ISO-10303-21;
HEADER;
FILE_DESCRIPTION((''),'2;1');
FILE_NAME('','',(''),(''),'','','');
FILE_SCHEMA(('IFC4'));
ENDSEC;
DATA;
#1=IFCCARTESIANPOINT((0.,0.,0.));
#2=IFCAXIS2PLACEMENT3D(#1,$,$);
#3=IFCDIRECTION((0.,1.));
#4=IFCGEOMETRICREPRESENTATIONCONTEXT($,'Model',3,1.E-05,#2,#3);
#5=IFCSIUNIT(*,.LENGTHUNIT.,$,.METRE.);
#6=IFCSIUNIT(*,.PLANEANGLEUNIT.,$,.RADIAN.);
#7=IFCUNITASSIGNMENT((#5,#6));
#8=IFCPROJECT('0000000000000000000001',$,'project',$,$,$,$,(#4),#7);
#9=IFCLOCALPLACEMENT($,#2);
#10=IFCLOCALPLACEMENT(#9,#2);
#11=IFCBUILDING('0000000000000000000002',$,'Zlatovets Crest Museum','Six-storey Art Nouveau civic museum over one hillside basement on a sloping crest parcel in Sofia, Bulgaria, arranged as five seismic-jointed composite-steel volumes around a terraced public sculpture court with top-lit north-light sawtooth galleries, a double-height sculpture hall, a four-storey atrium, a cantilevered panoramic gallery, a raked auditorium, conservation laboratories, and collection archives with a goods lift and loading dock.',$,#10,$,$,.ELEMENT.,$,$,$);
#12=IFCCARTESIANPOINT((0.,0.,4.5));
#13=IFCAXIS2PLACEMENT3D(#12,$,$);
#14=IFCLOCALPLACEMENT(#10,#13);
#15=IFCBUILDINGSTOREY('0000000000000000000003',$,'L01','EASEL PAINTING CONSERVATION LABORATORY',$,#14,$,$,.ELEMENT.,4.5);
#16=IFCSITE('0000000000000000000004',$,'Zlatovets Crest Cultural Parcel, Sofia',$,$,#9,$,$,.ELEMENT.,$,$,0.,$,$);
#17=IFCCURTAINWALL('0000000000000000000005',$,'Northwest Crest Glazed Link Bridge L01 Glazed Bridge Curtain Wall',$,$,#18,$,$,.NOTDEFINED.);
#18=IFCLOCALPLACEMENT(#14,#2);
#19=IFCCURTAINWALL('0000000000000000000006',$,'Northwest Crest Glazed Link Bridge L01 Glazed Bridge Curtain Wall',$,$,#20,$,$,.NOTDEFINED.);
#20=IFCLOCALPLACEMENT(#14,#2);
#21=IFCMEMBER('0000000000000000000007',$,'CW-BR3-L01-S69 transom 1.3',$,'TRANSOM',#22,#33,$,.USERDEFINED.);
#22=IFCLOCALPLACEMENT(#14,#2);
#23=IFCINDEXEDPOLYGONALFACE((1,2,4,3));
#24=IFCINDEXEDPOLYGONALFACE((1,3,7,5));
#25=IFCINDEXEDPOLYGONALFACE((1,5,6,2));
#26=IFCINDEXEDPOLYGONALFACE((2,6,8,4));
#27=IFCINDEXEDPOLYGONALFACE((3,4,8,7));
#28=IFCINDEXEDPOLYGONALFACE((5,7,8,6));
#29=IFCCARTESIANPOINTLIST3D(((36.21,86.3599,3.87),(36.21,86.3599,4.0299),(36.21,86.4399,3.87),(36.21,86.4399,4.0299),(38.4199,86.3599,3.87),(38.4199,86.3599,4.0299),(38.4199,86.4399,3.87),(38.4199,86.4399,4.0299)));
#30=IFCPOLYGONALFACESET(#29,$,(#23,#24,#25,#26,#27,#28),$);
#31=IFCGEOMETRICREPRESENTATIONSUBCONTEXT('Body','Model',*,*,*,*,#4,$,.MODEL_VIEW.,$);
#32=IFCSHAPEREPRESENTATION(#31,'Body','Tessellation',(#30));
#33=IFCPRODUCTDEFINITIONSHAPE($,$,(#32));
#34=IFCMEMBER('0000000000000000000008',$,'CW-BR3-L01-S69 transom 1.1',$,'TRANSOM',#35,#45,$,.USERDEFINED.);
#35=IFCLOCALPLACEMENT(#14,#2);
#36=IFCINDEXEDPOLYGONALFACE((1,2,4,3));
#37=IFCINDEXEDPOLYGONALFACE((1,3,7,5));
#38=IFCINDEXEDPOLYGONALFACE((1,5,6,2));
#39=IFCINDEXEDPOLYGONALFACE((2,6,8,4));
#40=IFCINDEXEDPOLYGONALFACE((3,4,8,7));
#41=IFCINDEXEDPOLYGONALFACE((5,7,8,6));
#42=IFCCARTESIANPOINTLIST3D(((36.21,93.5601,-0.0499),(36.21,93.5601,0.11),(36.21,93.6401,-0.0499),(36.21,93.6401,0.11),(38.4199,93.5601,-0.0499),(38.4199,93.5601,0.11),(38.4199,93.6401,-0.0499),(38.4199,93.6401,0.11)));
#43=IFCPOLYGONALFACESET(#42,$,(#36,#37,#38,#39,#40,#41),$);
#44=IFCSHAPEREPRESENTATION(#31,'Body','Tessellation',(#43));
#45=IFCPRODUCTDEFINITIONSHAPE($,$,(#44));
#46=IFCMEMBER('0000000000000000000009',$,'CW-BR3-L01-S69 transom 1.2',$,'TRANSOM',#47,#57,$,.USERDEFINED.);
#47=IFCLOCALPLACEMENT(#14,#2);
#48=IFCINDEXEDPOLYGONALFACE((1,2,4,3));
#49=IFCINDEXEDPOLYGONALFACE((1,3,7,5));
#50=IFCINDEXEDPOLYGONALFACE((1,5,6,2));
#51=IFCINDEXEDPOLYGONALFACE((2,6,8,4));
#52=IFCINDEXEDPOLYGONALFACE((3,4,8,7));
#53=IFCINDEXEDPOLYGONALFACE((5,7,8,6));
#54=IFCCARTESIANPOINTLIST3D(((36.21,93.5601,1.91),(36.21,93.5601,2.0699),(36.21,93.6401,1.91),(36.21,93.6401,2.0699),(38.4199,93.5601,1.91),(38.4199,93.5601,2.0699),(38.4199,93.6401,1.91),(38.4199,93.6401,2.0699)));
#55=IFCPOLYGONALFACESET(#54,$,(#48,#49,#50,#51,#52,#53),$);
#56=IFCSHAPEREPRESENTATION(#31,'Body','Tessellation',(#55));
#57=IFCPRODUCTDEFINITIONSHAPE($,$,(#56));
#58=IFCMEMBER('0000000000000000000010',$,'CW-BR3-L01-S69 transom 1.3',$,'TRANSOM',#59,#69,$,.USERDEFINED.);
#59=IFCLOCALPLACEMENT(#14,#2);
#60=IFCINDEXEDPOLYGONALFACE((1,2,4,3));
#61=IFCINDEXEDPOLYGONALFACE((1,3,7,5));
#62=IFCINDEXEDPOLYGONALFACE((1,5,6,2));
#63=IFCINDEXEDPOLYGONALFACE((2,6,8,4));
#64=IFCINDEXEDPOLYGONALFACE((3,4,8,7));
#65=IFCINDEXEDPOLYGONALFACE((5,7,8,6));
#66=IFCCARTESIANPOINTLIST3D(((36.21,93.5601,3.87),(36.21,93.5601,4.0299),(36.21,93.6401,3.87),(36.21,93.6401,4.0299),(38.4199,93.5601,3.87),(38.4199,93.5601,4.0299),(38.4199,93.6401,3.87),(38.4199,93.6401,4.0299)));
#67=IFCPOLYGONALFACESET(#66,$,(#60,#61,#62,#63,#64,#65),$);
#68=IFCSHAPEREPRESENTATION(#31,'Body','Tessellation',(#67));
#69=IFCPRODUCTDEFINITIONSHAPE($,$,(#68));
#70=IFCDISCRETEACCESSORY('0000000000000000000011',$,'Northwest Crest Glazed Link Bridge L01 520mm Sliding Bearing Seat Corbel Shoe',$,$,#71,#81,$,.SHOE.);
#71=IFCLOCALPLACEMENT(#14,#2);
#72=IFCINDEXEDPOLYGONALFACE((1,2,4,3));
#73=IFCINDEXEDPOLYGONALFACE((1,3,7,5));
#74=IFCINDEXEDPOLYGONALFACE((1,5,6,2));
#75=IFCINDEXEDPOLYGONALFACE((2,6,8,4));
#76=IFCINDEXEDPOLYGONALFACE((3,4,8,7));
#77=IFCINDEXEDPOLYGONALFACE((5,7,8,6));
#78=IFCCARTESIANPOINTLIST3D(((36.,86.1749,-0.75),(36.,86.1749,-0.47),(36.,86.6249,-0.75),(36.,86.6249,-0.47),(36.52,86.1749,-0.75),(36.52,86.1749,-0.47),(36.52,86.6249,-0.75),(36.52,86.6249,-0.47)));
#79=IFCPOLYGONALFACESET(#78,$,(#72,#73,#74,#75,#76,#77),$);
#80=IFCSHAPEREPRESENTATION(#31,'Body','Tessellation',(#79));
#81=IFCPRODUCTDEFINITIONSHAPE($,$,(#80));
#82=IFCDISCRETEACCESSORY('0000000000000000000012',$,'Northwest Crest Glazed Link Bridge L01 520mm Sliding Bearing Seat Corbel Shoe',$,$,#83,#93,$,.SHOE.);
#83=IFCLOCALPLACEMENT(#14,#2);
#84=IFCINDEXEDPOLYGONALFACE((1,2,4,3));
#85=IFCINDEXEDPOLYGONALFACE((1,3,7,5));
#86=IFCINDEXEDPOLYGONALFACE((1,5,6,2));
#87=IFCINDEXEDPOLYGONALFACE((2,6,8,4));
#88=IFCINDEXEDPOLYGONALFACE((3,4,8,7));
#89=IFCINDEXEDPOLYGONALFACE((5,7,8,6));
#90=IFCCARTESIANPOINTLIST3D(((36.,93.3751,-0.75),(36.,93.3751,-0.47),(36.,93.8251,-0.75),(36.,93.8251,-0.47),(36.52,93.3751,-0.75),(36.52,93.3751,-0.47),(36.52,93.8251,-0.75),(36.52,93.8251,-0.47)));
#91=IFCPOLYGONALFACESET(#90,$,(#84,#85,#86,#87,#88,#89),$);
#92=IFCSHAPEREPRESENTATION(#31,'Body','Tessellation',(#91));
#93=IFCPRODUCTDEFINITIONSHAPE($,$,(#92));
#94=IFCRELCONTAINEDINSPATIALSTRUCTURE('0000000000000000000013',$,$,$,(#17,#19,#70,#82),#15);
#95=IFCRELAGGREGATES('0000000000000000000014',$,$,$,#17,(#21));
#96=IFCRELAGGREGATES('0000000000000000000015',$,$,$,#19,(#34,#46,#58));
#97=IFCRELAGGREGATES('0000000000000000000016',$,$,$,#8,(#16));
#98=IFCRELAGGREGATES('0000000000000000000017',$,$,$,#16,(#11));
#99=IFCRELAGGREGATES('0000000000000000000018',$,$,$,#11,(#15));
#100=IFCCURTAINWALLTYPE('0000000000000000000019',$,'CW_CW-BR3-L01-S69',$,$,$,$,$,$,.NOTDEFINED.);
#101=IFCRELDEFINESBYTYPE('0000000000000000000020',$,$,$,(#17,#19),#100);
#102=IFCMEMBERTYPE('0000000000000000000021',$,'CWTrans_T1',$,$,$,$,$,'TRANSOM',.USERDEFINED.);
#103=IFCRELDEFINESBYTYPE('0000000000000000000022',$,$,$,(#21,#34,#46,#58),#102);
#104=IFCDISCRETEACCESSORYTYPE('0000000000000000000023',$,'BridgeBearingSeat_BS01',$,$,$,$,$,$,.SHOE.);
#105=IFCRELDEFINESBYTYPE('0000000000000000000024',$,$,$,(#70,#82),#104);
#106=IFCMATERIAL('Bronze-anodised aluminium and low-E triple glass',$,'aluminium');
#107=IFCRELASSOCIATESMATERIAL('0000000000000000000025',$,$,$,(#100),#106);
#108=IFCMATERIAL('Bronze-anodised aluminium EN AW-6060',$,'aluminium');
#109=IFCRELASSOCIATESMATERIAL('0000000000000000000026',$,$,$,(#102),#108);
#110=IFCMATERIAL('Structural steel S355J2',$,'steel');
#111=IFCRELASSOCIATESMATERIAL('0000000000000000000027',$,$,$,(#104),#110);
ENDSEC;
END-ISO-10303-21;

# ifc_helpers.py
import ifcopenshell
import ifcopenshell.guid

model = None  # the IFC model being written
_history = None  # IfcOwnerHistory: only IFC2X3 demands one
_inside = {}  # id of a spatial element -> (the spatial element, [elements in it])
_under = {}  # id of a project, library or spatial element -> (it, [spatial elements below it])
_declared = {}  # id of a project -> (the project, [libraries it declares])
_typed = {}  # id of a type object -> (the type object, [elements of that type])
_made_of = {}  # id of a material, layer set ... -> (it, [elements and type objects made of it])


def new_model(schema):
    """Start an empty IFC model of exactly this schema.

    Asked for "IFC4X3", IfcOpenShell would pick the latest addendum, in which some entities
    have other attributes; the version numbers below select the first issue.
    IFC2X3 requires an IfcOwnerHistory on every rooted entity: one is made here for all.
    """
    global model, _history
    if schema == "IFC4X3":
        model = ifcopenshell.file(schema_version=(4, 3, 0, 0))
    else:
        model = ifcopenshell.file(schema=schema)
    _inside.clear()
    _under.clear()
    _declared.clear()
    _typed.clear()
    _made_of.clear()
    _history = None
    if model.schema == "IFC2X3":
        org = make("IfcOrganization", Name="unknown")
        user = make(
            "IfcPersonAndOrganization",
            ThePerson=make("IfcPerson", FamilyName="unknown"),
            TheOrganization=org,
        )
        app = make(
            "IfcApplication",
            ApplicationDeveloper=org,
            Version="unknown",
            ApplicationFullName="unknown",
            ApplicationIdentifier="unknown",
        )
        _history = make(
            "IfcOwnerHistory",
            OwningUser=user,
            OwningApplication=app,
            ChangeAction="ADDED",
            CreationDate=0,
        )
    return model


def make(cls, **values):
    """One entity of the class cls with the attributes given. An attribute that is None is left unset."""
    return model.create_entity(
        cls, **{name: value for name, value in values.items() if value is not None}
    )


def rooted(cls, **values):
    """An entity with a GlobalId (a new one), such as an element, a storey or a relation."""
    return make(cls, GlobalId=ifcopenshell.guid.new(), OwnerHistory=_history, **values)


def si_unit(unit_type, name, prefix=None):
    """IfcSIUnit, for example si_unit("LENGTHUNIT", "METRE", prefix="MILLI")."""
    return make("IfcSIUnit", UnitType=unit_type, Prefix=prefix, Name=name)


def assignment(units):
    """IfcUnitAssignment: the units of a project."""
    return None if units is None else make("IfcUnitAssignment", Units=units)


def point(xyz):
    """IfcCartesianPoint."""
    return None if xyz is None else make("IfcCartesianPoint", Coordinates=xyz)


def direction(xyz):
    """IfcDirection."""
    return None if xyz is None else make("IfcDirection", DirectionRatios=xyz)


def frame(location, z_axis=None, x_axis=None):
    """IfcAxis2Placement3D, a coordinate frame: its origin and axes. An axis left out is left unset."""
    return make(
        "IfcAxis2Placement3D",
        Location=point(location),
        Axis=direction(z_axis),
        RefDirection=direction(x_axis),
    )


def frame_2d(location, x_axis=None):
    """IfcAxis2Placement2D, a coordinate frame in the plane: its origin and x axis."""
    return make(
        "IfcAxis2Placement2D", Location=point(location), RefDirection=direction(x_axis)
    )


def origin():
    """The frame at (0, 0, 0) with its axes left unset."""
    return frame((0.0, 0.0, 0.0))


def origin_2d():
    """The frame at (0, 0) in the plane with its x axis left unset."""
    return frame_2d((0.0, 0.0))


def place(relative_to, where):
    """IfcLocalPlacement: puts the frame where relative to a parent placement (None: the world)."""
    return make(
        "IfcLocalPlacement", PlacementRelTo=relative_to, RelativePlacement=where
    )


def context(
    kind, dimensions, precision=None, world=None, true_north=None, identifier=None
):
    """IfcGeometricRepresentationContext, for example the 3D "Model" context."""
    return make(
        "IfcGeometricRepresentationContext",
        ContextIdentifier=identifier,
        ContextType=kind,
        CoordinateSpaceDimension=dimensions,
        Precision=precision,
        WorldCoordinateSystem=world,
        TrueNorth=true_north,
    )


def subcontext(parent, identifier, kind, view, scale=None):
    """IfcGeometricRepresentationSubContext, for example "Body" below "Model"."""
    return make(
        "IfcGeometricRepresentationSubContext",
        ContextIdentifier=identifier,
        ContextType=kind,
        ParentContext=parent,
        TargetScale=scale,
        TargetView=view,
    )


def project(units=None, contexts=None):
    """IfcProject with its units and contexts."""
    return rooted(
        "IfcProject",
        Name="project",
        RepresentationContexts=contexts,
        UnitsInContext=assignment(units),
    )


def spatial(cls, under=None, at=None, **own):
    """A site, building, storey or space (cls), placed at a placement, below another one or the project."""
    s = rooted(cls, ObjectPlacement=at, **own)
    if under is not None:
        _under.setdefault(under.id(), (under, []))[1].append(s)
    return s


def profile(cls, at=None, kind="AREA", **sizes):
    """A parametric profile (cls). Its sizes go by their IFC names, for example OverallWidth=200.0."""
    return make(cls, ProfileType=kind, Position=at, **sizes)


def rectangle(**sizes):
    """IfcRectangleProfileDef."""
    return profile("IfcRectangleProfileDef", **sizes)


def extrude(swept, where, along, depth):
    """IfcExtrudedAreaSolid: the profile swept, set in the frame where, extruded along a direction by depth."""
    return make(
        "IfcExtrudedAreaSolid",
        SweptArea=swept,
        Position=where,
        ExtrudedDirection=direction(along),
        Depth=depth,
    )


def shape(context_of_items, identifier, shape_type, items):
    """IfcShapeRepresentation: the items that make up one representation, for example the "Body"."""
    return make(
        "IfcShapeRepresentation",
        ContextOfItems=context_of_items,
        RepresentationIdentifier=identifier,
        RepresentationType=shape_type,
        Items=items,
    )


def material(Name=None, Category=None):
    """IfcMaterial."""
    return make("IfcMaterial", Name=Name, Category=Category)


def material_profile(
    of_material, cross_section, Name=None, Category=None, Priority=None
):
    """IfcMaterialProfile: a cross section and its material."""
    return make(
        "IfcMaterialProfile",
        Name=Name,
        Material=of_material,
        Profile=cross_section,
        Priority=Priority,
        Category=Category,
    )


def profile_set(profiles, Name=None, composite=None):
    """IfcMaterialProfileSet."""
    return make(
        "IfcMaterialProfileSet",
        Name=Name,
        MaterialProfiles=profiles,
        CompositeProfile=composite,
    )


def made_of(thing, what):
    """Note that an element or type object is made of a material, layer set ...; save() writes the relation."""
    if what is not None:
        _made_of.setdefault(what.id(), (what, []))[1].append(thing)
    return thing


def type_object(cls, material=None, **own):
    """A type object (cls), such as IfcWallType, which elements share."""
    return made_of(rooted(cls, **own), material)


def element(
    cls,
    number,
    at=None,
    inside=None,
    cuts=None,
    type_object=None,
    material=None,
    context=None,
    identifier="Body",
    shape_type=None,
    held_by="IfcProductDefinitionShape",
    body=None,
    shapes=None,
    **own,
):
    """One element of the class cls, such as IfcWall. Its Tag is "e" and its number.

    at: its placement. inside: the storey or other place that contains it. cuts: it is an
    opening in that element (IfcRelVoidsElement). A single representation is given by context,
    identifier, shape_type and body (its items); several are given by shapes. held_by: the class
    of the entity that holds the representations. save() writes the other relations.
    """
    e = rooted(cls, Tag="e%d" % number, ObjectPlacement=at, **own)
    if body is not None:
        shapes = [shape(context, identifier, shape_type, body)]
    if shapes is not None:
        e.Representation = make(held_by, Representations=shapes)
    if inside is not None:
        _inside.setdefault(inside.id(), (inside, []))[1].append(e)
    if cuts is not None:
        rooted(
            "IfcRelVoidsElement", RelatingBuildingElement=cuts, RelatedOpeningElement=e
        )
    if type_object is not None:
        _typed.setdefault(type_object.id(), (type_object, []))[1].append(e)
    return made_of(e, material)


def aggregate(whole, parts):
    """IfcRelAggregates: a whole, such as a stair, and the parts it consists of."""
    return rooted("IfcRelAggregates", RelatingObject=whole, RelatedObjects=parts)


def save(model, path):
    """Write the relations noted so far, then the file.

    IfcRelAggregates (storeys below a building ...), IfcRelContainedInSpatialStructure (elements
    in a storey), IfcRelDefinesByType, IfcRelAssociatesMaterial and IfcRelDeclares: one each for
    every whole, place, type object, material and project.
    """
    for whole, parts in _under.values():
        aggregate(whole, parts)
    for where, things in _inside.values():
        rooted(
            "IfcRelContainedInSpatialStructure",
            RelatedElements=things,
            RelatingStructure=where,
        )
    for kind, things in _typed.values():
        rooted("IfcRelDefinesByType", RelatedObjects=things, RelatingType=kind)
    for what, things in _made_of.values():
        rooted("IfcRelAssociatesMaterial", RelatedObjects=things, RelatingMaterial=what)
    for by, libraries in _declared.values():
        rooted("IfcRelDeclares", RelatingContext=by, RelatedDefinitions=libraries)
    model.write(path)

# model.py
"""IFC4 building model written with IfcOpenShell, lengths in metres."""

from ifc_helpers import new_model, si_unit, direction, frame, origin, origin_2d, place, context, subcontext, project, spatial, rectangle, extrude, material, material_profile, profile_set, type_object, element, aggregate, save


model = new_model("IFC4")

# Units and contexts
model_context = context("Model", 3, precision=1e-05, world=origin(), true_north=direction((0.0, 1.0)))
body_context = subcontext(model_context, "Body", "Model", "MODEL_VIEW")
ifc_project = project(units=[si_unit("LENGTHUNIT", "METRE"), si_unit("PLANEANGLEUNIT", "RADIAN")], contexts=[model_context])

# Site, building, storey
site_placement = place(None, origin())
site = spatial("IfcSite", under=ifc_project, at=site_placement, Name="Zlatovets Crest Cultural Parcel, Sofia", CompositionType="ELEMENT", RefElevation=0.0)
building_placement = place(site_placement, origin())
building = spatial("IfcBuilding", under=site, at=building_placement, Name="Zlatovets Crest Museum", Description="Six-storey Art Nouveau civic museum over one hillside basement on a sloping crest parcel in Sofia, Bulgaria, arranged as five seismic-jointed composite-steel volumes around a terraced public sculpture court with top-lit north-light sawtooth galleries, a double-height sculpture hall, a four-storey atrium, a cantilevered panoramic gallery, a raked auditorium, conservation laboratories, and collection archives with a goods lift and loading dock.", CompositionType="ELEMENT")
storey_placement = place(building_placement, frame((0.0, 0.0, 4.5)))
storey = spatial("IfcBuildingStorey", under=building, at=storey_placement, Name="L01", Description="EASEL PAINTING CONSERVATION LABORATORY", CompositionType="ELEMENT", Elevation=4.5)

# Shared definitions
ifc_material_1 = material(Name="Structural steel S355J2", Category="steel")

# Curtain walls
ifc_material_2 = material(Name="Bronze-anodised aluminium and low-E triple glass", Category="aluminium")
curtain_wall_type = type_object("IfcCurtainWallType", Name="CW_CW-BR3-L01-S69", PredefinedType="NOTDEFINED", material=ifc_material_2)
curtain_wall_1_placement = place(storey_placement, origin())
curtain_wall_1 = element("IfcCurtainWall", 1, at=curtain_wall_1_placement, inside=storey, type_object=curtain_wall_type, Name="Northwest Crest Glazed Link Bridge L01 Glazed Bridge Curtain Wall", PredefinedType="NOTDEFINED")
ifc_material_3 = material(Name="Bronze-anodised aluminium EN AW-6060", Category="aluminium")
curtain_wall_2_placement = place(storey_placement, origin())
curtain_wall_2 = element("IfcCurtainWall", 2, at=curtain_wall_2_placement, inside=storey, type_object=curtain_wall_type, Name="Northwest Crest Glazed Link Bridge L01 Glazed Bridge Curtain Wall", PredefinedType="NOTDEFINED")

# Members
ifc_material_profile_1 = material_profile(ifc_material_3, rectangle(XDim=0.0801, YDim=0.1599, at=origin_2d()), Name="ALU 80x160")
ifc_profile_set_1 = profile_set([ifc_material_profile_1], Name="Bronze-anodised aluminium EN AW-6060")
member_type_1 = type_object("IfcMemberType", Name="CWTrans_T1", ElementType="TRANSOM", PredefinedType="USERDEFINED", material=ifc_profile_set_1)
member_1_placement = place(storey_placement, frame((36.21, 86.3999, 3.95), z_axis=(1.0, 0.0, 0.0), x_axis=(0.0, 1.0, 0.0)))
member_1 = element("IfcMember", 3, at=member_1_placement, type_object=member_type_1, Name="CW-BR3-L01-S69 transom 1.3", ObjectType="TRANSOM", PredefinedType="USERDEFINED", context=body_context, shape_type="SweptSolid", body=[
    extrude(rectangle(XDim=0.0801, YDim=0.1599, at=origin_2d()), origin(), (0.0, 0.0, 1.0), 2.21),
])
aggregate(curtain_wall_1, [member_1])
member_2_placement = place(storey_placement, frame((36.21, 93.6001, 0.03), z_axis=(1.0, 0.0, 0.0), x_axis=(0.0, 1.0, 0.0)))
member_2 = element("IfcMember", 4, at=member_2_placement, type_object=member_type_1, Name="CW-BR3-L01-S69 transom 1.1", ObjectType="TRANSOM", PredefinedType="USERDEFINED", context=body_context, shape_type="SweptSolid", body=[
    extrude(rectangle(XDim=0.0801, YDim=0.1599, at=origin_2d()), origin(), (0.0, 0.0, 1.0), 2.21),
])
member_3_placement = place(storey_placement, frame((36.21, 93.6001, 1.99), z_axis=(1.0, 0.0, 0.0), x_axis=(0.0, 1.0, 0.0)))
member_3 = element("IfcMember", 5, at=member_3_placement, type_object=member_type_1, Name="CW-BR3-L01-S69 transom 1.2", ObjectType="TRANSOM", PredefinedType="USERDEFINED", context=body_context, shape_type="SweptSolid", body=[
    extrude(rectangle(XDim=0.0801, YDim=0.1599, at=origin_2d()), origin(), (0.0, 0.0, 1.0), 2.21),
])
member_4_placement = place(storey_placement, frame((36.21, 93.6001, 3.95), z_axis=(1.0, 0.0, 0.0), x_axis=(0.0, 1.0, 0.0)))
member_4 = element("IfcMember", 6, at=member_4_placement, type_object=member_type_1, Name="CW-BR3-L01-S69 transom 1.3", ObjectType="TRANSOM", PredefinedType="USERDEFINED", context=body_context, shape_type="SweptSolid", body=[
    extrude(rectangle(XDim=0.0801, YDim=0.1599, at=origin_2d()), origin(), (0.0, 0.0, 1.0), 2.21),
])
aggregate(curtain_wall_2, [member_2, member_3, member_4])

# Discrete accessories
discrete_accessory_type = type_object("IfcDiscreteAccessoryType", Name="BridgeBearingSeat_BS01", PredefinedType="SHOE", material=ifc_material_1)
for number, where, z_axis, x_axis, name in (
    (7, (36.26, 86.3999, -0.75), (0.0, 0.0, 1.0), (1.0, 0.0, 0.0), "Northwest Crest Glazed Link Bridge L01 520mm Sliding Bearing Seat Corbel Shoe"),
    (8, (36.26, 93.6001, -0.75), (0.0, 0.0, 1.0), (1.0, 0.0, 0.0), "Northwest Crest Glazed Link Bridge L01 520mm Sliding Bearing Seat Corbel Shoe"),
):
    element("IfcDiscreteAccessory", number, at=place(storey_placement, frame(where, z_axis=z_axis, x_axis=x_axis)), inside=storey, type_object=discrete_accessory_type, Name=name, PredefinedType="SHOE", context=body_context, shape_type="SweptSolid", body=[
        extrude(rectangle(XDim=0.52, YDim=0.45, at=origin_2d()), origin(), (0.0, 0.0, 1.0), 0.28),
    ])

save(model, "model.ifc")
